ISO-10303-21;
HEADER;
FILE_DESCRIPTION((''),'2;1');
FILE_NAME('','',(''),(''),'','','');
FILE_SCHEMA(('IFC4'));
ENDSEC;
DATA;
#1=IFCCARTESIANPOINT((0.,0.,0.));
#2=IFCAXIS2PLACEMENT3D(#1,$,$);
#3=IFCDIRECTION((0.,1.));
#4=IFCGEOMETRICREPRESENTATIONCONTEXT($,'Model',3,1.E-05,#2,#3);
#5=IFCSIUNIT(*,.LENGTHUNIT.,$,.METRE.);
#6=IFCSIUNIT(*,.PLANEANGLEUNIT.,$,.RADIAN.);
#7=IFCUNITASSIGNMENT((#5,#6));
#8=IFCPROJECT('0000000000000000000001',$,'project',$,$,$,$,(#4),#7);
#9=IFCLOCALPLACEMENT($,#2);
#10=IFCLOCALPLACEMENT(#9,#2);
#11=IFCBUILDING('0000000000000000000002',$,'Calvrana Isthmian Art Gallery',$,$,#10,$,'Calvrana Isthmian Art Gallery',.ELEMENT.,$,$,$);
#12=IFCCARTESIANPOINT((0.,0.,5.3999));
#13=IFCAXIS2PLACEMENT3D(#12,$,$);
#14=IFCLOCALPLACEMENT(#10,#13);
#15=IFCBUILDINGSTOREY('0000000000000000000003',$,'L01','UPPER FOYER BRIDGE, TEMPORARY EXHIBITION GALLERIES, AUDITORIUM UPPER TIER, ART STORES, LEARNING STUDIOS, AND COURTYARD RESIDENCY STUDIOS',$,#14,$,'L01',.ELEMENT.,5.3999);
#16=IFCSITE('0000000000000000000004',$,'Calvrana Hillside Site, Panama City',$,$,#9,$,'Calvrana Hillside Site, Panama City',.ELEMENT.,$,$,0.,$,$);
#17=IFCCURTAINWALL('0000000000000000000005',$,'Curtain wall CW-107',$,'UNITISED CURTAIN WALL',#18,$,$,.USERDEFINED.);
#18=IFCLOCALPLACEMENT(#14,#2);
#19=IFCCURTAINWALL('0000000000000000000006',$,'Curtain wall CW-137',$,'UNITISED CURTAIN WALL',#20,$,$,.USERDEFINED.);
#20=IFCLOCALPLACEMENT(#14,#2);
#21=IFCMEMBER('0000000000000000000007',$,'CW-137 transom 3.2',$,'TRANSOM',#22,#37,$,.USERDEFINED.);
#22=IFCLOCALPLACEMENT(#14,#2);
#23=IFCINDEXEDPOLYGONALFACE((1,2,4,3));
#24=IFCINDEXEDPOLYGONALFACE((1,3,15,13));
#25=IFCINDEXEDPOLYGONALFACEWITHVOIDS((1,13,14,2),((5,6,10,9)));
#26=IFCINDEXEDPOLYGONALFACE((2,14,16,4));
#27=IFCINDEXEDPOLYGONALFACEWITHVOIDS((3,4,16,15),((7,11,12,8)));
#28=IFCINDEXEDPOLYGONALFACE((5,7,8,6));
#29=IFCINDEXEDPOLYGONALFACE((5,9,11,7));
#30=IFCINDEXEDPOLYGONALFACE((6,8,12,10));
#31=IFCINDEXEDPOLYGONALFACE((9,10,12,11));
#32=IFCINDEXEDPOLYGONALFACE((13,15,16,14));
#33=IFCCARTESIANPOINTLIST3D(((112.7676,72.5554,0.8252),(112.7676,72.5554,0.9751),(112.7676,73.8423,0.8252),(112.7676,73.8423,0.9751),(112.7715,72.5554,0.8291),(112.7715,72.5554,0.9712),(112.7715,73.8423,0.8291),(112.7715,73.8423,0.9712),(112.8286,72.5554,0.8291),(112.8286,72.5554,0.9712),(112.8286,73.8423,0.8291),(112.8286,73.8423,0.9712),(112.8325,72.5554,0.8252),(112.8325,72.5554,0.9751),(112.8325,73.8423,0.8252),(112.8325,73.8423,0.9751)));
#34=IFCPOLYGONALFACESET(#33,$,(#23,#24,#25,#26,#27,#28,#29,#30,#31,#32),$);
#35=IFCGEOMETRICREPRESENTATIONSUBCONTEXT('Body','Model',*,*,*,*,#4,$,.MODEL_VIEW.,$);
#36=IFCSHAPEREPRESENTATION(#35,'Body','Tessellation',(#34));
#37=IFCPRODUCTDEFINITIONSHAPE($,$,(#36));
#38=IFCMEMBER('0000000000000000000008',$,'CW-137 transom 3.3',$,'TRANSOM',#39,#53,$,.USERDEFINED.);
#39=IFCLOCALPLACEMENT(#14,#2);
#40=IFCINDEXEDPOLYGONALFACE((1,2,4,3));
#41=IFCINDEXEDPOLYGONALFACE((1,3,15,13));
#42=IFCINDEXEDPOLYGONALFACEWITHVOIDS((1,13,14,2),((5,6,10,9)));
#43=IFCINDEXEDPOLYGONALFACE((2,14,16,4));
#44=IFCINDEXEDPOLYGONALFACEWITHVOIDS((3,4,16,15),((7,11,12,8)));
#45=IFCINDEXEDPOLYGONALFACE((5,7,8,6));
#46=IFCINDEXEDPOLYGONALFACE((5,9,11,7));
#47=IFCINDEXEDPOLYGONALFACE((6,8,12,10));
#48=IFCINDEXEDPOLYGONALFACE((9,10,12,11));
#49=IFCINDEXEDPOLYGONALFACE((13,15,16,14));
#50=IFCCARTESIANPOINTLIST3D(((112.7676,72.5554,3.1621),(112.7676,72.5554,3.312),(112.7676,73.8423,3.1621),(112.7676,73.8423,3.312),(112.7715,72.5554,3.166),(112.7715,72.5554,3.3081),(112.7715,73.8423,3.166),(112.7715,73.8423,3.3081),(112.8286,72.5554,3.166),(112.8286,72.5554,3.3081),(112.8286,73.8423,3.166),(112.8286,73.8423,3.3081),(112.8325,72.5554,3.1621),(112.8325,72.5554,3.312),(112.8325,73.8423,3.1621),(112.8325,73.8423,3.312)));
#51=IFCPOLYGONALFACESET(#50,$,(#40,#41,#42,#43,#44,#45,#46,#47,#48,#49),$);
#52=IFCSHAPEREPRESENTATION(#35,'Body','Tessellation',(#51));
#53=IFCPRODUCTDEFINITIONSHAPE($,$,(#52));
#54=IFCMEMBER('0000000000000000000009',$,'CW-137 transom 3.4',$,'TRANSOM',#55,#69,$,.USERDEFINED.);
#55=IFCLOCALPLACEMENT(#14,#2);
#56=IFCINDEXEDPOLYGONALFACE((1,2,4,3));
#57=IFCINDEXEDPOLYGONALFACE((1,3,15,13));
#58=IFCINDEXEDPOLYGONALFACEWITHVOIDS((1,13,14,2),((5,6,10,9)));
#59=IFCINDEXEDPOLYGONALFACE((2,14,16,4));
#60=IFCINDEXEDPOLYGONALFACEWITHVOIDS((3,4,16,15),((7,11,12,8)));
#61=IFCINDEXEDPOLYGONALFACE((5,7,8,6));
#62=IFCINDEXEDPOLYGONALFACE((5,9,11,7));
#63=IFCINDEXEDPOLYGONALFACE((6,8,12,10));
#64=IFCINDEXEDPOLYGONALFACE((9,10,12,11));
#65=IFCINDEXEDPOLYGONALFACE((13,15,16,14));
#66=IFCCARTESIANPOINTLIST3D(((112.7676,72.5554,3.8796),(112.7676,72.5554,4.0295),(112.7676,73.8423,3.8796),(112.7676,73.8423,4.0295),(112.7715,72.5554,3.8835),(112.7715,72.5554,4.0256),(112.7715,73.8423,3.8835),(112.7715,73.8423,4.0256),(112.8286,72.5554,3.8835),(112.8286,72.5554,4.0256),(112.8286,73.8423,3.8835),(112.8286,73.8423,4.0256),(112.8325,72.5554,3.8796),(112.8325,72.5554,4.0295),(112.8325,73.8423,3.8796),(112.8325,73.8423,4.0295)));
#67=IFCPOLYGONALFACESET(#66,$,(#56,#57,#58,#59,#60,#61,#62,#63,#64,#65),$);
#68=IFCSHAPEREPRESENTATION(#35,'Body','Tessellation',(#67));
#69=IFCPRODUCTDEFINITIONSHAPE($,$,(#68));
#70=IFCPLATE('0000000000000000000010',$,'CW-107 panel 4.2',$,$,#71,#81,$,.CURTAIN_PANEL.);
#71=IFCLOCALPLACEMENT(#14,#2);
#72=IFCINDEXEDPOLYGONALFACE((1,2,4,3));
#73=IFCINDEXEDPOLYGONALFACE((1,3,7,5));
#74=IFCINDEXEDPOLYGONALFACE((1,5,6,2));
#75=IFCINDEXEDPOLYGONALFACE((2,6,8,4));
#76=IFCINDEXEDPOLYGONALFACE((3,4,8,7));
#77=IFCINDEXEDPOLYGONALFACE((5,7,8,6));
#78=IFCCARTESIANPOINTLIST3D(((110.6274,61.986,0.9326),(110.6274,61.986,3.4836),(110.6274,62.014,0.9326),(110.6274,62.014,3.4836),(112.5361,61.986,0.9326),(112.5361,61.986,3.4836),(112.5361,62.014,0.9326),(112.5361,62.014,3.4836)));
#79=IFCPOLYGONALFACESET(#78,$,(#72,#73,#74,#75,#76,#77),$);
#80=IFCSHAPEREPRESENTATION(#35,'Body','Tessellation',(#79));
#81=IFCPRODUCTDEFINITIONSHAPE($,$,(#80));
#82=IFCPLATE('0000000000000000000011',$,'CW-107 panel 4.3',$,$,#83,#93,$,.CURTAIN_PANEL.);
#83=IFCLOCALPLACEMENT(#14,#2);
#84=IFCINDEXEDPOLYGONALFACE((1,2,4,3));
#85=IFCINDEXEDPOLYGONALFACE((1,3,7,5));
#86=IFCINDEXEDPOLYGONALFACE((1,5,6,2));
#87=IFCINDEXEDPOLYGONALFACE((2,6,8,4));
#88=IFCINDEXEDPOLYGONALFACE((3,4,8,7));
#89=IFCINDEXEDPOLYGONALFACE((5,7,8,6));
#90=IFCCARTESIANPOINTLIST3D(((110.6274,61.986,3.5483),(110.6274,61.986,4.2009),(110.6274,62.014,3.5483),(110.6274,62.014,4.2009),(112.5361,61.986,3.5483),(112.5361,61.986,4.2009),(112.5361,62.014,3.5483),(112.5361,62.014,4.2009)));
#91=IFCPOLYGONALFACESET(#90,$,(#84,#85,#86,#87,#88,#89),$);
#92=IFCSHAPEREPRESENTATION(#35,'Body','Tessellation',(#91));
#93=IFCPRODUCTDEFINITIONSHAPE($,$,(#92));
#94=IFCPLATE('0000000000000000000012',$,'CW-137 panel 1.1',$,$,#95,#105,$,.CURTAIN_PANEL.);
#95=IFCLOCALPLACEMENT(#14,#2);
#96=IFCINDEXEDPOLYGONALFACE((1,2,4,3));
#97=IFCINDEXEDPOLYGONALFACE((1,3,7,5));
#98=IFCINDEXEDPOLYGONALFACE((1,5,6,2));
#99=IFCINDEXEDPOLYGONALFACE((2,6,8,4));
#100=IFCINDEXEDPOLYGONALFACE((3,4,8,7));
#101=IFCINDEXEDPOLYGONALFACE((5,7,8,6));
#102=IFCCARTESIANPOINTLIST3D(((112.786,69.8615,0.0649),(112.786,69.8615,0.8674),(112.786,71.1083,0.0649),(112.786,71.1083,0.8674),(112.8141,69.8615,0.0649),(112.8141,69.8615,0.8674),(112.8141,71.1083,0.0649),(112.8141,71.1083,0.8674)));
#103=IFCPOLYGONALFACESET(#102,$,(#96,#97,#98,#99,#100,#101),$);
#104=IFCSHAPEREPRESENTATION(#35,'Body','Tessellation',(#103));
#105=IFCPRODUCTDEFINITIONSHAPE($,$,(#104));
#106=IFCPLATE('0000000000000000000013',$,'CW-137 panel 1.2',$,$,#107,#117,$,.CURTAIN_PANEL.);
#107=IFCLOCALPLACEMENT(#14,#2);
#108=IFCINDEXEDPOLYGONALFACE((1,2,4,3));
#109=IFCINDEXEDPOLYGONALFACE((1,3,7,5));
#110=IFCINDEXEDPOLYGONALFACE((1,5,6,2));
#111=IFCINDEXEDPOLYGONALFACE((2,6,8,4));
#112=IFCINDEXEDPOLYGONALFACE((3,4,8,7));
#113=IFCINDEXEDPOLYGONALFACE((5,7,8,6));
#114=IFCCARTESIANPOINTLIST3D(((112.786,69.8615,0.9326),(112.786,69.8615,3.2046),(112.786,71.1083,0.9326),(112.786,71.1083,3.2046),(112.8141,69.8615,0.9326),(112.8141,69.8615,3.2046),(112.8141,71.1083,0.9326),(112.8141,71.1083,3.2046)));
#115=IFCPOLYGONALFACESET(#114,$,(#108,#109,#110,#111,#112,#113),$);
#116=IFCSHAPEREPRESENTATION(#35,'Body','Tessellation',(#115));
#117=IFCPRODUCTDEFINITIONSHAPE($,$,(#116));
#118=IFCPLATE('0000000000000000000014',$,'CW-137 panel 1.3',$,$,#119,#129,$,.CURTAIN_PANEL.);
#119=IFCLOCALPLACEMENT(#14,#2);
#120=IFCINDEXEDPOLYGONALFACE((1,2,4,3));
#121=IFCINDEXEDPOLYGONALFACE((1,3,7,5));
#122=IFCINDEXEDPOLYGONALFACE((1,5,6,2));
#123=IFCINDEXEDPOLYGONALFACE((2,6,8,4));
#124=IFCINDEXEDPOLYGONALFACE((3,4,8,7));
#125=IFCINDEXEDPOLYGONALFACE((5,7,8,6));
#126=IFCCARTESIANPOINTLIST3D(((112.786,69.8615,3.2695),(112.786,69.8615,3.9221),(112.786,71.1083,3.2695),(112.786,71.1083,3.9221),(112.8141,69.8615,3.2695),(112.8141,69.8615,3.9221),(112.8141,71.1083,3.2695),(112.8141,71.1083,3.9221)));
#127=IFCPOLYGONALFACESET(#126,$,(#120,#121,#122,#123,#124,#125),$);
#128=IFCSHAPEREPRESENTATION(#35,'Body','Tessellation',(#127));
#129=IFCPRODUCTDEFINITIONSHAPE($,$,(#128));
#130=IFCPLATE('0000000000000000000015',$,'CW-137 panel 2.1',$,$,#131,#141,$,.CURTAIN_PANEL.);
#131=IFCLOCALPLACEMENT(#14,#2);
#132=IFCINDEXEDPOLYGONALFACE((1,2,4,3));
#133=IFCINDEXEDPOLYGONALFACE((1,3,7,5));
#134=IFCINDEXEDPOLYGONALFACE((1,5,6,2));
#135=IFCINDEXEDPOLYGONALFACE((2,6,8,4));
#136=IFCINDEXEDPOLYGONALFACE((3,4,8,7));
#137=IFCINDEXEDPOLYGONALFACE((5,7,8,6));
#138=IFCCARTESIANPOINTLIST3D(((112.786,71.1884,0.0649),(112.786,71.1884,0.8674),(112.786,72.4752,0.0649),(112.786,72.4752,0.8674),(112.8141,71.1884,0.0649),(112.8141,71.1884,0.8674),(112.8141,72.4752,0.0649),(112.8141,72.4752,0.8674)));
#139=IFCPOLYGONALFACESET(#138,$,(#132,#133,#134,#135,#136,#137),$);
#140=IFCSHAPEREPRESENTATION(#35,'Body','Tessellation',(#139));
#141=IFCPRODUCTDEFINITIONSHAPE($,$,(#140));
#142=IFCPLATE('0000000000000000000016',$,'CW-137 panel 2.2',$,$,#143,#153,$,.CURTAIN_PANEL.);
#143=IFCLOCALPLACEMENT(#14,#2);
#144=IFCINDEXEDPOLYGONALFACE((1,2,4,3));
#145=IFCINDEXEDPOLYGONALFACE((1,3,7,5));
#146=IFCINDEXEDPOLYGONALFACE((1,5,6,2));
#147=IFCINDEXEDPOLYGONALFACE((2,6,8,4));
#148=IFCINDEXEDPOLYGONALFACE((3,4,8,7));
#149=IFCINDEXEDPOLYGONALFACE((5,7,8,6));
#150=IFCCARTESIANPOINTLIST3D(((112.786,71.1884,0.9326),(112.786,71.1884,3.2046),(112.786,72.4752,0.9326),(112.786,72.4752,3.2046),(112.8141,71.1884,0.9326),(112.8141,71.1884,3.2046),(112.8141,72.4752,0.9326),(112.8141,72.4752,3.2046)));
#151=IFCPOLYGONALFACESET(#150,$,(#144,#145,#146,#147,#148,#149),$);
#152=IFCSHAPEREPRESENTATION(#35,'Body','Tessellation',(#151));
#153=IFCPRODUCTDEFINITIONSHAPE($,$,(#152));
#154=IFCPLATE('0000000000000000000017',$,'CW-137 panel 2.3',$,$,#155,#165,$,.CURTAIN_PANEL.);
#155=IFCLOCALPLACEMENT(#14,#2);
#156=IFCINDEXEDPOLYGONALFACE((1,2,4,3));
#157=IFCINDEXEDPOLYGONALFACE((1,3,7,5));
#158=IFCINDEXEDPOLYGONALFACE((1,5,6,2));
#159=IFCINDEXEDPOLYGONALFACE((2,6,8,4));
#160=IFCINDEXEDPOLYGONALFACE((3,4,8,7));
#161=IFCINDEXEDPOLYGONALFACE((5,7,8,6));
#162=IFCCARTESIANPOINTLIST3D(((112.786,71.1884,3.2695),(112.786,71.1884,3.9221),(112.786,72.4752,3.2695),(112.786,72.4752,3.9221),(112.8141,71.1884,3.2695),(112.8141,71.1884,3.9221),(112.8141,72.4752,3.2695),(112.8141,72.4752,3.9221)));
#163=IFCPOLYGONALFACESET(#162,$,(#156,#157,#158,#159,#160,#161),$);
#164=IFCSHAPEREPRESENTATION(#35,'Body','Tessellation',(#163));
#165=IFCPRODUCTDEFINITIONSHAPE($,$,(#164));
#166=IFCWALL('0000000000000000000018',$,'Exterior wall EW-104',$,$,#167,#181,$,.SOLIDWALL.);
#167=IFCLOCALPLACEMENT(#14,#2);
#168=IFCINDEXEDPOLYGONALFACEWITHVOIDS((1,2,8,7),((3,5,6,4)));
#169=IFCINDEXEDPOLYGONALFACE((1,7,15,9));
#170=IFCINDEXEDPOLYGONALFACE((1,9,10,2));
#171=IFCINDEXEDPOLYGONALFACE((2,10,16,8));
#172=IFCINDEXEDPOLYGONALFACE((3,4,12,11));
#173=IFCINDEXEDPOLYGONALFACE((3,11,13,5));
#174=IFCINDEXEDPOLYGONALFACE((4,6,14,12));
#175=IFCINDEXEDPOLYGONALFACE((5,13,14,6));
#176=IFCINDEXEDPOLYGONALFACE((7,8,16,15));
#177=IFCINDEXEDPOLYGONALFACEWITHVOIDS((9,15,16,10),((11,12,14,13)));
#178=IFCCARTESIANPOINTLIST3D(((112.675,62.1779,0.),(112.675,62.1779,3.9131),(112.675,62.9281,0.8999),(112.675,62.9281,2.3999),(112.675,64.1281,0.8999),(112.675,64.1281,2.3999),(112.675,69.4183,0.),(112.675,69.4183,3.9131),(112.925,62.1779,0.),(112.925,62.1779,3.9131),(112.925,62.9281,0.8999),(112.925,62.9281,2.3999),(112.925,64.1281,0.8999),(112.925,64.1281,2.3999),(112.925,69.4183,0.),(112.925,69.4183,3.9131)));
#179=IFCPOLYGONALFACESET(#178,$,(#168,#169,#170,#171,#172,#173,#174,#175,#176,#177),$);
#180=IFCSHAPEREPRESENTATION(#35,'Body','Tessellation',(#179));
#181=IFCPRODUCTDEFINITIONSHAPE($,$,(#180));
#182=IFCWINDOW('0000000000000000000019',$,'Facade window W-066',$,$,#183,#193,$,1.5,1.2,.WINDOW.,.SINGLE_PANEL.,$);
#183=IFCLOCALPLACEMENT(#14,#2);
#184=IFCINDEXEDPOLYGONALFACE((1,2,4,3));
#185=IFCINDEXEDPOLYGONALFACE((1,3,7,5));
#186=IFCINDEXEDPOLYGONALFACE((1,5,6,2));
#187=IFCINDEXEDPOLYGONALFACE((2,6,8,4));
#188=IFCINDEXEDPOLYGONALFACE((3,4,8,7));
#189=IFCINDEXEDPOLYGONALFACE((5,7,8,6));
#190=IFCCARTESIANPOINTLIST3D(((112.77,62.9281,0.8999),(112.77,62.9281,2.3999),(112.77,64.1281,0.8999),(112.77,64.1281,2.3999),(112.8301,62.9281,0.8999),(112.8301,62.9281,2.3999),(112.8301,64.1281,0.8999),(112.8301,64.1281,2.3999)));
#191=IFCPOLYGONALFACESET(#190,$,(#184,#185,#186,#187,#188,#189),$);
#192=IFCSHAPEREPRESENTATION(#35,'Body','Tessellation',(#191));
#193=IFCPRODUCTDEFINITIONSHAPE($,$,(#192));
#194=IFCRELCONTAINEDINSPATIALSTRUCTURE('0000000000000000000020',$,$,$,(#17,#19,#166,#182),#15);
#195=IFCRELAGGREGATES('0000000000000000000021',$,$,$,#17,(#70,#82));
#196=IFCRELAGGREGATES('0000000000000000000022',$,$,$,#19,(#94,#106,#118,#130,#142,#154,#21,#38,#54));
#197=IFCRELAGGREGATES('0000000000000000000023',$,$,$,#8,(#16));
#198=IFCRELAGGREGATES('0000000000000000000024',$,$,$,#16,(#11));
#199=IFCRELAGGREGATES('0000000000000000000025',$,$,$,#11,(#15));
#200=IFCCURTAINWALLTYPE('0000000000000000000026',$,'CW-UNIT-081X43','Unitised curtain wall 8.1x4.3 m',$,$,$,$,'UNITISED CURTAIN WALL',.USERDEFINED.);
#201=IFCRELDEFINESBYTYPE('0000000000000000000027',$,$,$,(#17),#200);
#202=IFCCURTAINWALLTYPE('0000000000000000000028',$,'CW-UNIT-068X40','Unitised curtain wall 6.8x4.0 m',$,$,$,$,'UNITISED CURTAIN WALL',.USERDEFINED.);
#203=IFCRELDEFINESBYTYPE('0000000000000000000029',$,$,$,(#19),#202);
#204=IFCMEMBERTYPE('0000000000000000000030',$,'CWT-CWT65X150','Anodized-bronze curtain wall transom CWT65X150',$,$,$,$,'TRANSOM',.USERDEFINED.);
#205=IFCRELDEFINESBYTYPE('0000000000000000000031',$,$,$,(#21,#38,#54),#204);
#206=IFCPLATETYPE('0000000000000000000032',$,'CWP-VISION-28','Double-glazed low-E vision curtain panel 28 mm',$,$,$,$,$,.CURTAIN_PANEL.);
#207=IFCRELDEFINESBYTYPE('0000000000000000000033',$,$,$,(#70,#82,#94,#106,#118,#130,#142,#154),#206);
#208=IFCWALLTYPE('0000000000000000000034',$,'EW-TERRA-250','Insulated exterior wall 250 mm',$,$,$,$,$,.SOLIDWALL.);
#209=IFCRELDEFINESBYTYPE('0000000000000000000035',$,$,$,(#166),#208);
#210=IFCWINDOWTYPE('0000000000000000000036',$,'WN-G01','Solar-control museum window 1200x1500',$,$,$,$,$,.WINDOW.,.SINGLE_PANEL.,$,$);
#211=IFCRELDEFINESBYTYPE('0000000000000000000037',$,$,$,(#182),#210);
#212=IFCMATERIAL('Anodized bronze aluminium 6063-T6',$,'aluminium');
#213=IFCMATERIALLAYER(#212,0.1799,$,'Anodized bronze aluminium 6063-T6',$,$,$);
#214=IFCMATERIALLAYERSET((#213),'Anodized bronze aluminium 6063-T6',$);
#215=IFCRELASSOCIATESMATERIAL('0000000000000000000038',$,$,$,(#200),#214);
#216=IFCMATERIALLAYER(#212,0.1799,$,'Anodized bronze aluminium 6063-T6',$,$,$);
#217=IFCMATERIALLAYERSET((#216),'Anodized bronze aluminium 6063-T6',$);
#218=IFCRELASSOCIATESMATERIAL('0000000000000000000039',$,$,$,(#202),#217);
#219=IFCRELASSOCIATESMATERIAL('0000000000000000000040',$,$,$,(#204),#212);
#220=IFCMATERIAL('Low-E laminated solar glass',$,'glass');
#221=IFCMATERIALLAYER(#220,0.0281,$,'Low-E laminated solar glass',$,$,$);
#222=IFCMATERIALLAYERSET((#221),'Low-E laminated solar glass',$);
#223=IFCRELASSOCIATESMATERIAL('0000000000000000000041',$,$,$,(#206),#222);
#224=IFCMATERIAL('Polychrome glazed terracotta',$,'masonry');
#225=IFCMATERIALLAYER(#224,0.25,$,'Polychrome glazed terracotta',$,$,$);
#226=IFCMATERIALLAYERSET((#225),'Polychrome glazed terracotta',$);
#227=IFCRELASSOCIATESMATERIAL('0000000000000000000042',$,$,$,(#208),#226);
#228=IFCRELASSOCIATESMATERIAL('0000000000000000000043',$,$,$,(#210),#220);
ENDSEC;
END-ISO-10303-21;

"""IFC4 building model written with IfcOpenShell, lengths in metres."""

from ifc_helpers import new_model, si_unit, direction, frame, frame_2d, origin, origin_2d, place, context, subcontext, project, spatial, rectangle, hollow_rectangle, extrude, material, layer, layer_set, material_profile, profile_set, type_object, element, fill, aggregate, save


model = new_model("IFC4")

# Units and contexts
model_context = context("Model", 3, precision=1e-05, world=origin(), true_north=direction((0.0, 1.0)))
body_context = subcontext(model_context, "Body", "Model", "MODEL_VIEW")
ifc_project = project(units=[si_unit("LENGTHUNIT", "METRE"), si_unit("PLANEANGLEUNIT", "RADIAN")], contexts=[model_context])

# Site, building, storey
site_placement = place(None, origin())
site = spatial("IfcSite", under=ifc_project, at=site_placement, Name="Calvrana Hillside Site, Panama City", LongName="Calvrana Hillside Site, Panama City", CompositionType="ELEMENT", RefElevation=0.0)
building_placement = place(site_placement, origin())
building = spatial("IfcBuilding", under=site, at=building_placement, Name="Calvrana Isthmian Art Gallery", LongName="Calvrana Isthmian Art Gallery", CompositionType="ELEMENT")
storey_placement = place(building_placement, frame((0.0, 0.0, 5.3999)))
storey = spatial("IfcBuildingStorey", under=building, at=storey_placement, Name="L01", Description="UPPER FOYER BRIDGE, TEMPORARY EXHIBITION GALLERIES, AUDITORIUM UPPER TIER, ART STORES, LEARNING STUDIOS, AND COURTYARD RESIDENCY STUDIOS", LongName="L01", CompositionType="ELEMENT", Elevation=5.3999)

# Curtain wall
ifc_material_1 = material(Name="Anodized bronze aluminium 6063-T6", Category="aluminium")
ifc_layer_1 = layer(ifc_material_1, 0.1799, Name="Anodized bronze aluminium 6063-T6")
ifc_layer_set_1 = layer_set([ifc_layer_1], Name="Anodized bronze aluminium 6063-T6")
curtain_wall_type_1 = type_object("IfcCurtainWallType", Name="CW-UNIT-081X43", Description="Unitised curtain wall 8.1x4.3 m", ElementType="UNITISED CURTAIN WALL", PredefinedType="USERDEFINED", material=ifc_layer_set_1)
curtain_wall_1_placement = place(storey_placement, origin())
curtain_wall_1 = element("IfcCurtainWall", 1, at=curtain_wall_1_placement, inside=storey, type_object=curtain_wall_type_1, Name="Curtain wall CW-107", ObjectType="UNITISED CURTAIN WALL", PredefinedType="USERDEFINED")

# Curtain wall, members
ifc_layer_2 = layer(ifc_material_1, 0.1799, Name="Anodized bronze aluminium 6063-T6")
ifc_layer_set_2 = layer_set([ifc_layer_2], Name="Anodized bronze aluminium 6063-T6")
curtain_wall_type_2 = type_object("IfcCurtainWallType", Name="CW-UNIT-068X40", Description="Unitised curtain wall 6.8x4.0 m", ElementType="UNITISED CURTAIN WALL", PredefinedType="USERDEFINED", material=ifc_layer_set_2)
curtain_wall_2_placement = place(storey_placement, origin())
curtain_wall_2 = element("IfcCurtainWall", 2, at=curtain_wall_2_placement, inside=storey, type_object=curtain_wall_type_2, Name="Curtain wall CW-137", ObjectType="UNITISED CURTAIN WALL", PredefinedType="USERDEFINED")
ifc_material_profile_1 = material_profile(ifc_material_1, hollow_rectangle(XDim=0.0649, YDim=0.1499, WallThickness=0.0039, at=origin_2d()), Name="CWT65X150")
ifc_profile_set_1 = profile_set([ifc_material_profile_1], Name="Anodized bronze aluminium 6063-T6")
member_type_1 = type_object("IfcMemberType", Name="CWT-CWT65X150", Description="Anodized-bronze curtain wall transom CWT65X150", ElementType="TRANSOM", PredefinedType="USERDEFINED", material=ifc_profile_set_1)
member_1_placement = place(storey_placement, frame((112.8, 72.5554, 0.9001), z_axis=(0.0, 1.0, 0.0), x_axis=(-1.0, 0.0, 0.0)))
member_1 = element("IfcMember", 3, at=member_1_placement, type_object=member_type_1, Name="CW-137 transom 3.2", ObjectType="TRANSOM", PredefinedType="USERDEFINED", context=body_context, shape_type="SweptSolid", body=[
    extrude(hollow_rectangle(XDim=0.0649, YDim=0.1499, WallThickness=0.0039, at=origin_2d()), origin(), (0.0, 0.0, 1.0), 1.2869),
])
member_2_placement = place(storey_placement, frame((112.8, 72.5554, 3.2371), z_axis=(0.0, 1.0, 0.0), x_axis=(-1.0, 0.0, 0.0)))
member_2 = element("IfcMember", 4, at=member_2_placement, type_object=member_type_1, Name="CW-137 transom 3.3", ObjectType="TRANSOM", PredefinedType="USERDEFINED", context=body_context, shape_type="SweptSolid", body=[
    extrude(hollow_rectangle(XDim=0.0649, YDim=0.1499, WallThickness=0.0039, at=origin_2d()), origin(), (0.0, 0.0, 1.0), 1.2869),
])
member_3_placement = place(storey_placement, frame((112.8, 72.5554, 3.9546), z_axis=(0.0, 1.0, 0.0), x_axis=(-1.0, 0.0, 0.0)))
member_3 = element("IfcMember", 5, at=member_3_placement, type_object=member_type_1, Name="CW-137 transom 3.4", ObjectType="TRANSOM", PredefinedType="USERDEFINED", context=body_context, shape_type="SweptSolid", body=[
    extrude(hollow_rectangle(XDim=0.0649, YDim=0.1499, WallThickness=0.0039, at=origin_2d()), origin(), (0.0, 0.0, 1.0), 1.2869),
])

# Plates
ifc_material_2 = material(Name="Low-E laminated solar glass", Category="glass")
ifc_layer_3 = layer(ifc_material_2, 0.0281, Name="Low-E laminated solar glass")
ifc_layer_set_3 = layer_set([ifc_layer_3], Name="Low-E laminated solar glass")
plate_type = type_object("IfcPlateType", Name="CWP-VISION-28", Description="Double-glazed low-E vision curtain panel 28 mm", PredefinedType="CURTAIN_PANEL", material=ifc_layer_set_3)
plate_1_placement = place(storey_placement, frame((111.5818, 62.0, 0.9326), z_axis=(0.0, 0.0, 1.0), x_axis=(1.0, 0.0, 0.0)))
plate_1 = element("IfcPlate", 6, at=plate_1_placement, type_object=plate_type, Name="CW-107 panel 4.2", PredefinedType="CURTAIN_PANEL", context=body_context, shape_type="SweptSolid", body=[
    extrude(rectangle(XDim=1.9087, YDim=0.0281, at=origin_2d()), origin(), (0.0, 0.0, 1.0), 2.551),
])
plate_2_placement = place(storey_placement, frame((111.5818, 62.0, 3.5483), z_axis=(0.0, 0.0, 1.0), x_axis=(1.0, 0.0, 0.0)))
plate_2 = element("IfcPlate", 7, at=plate_2_placement, type_object=plate_type, Name="CW-107 panel 4.3", PredefinedType="CURTAIN_PANEL", context=body_context, shape_type="SweptSolid", body=[
    extrude(rectangle(XDim=1.9087, YDim=0.0281, at=origin_2d()), origin(), (0.0, 0.0, 1.0), 0.6526),
])
aggregate(curtain_wall_1, [plate_1, plate_2])
plate_3_placement = place(storey_placement, frame((112.8, 70.4849, 0.0649), z_axis=(0.0, 0.0, 1.0), x_axis=(0.0, 1.0, 0.0)))
plate_3 = element("IfcPlate", 8, at=plate_3_placement, type_object=plate_type, Name="CW-137 panel 1.1", PredefinedType="CURTAIN_PANEL", context=body_context, shape_type="SweptSolid", body=[
    extrude(rectangle(XDim=1.2468, YDim=0.0281, at=origin_2d()), origin(), (0.0, 0.0, 1.0), 0.8025),
])
plate_4_placement = place(storey_placement, frame((112.8, 70.4849, 0.9326), z_axis=(0.0, 0.0, 1.0), x_axis=(0.0, 1.0, 0.0)))
plate_4 = element("IfcPlate", 9, at=plate_4_placement, type_object=plate_type, Name="CW-137 panel 1.2", PredefinedType="CURTAIN_PANEL", context=body_context, shape_type="SweptSolid", body=[
    extrude(rectangle(XDim=1.2468, YDim=0.0281, at=origin_2d()), origin(), (0.0, 0.0, 1.0), 2.272),
])
plate_5_placement = place(storey_placement, frame((112.8, 70.4849, 3.2695), z_axis=(0.0, 0.0, 1.0), x_axis=(0.0, 1.0, 0.0)))
plate_5 = element("IfcPlate", 10, at=plate_5_placement, type_object=plate_type, Name="CW-137 panel 1.3", PredefinedType="CURTAIN_PANEL", context=body_context, shape_type="SweptSolid", body=[
    extrude(rectangle(XDim=1.2468, YDim=0.0281, at=origin_2d()), origin(), (0.0, 0.0, 1.0), 0.6526),
])
plate_6_placement = place(storey_placement, frame((112.8, 71.8318, 0.0649), z_axis=(0.0, 0.0, 1.0), x_axis=(0.0, 1.0, 0.0)))
plate_6 = element("IfcPlate", 11, at=plate_6_placement, type_object=plate_type, Name="CW-137 panel 2.1", PredefinedType="CURTAIN_PANEL", context=body_context, shape_type="SweptSolid", body=[
    extrude(rectangle(XDim=1.2869, YDim=0.0281, at=origin_2d()), origin(), (0.0, 0.0, 1.0), 0.8025),
])
plate_7_placement = place(storey_placement, frame((112.8, 71.8318, 0.9326), z_axis=(0.0, 0.0, 1.0), x_axis=(0.0, 1.0, 0.0)))
plate_7 = element("IfcPlate", 12, at=plate_7_placement, type_object=plate_type, Name="CW-137 panel 2.2", PredefinedType="CURTAIN_PANEL", context=body_context, shape_type="SweptSolid", body=[
    extrude(rectangle(XDim=1.2869, YDim=0.0281, at=origin_2d()), origin(), (0.0, 0.0, 1.0), 2.272),
])
plate_8_placement = place(storey_placement, frame((112.8, 71.8318, 3.2695), z_axis=(0.0, 0.0, 1.0), x_axis=(0.0, 1.0, 0.0)))
plate_8 = element("IfcPlate", 13, at=plate_8_placement, type_object=plate_type, Name="CW-137 panel 2.3", PredefinedType="CURTAIN_PANEL", context=body_context, shape_type="SweptSolid", body=[
    extrude(rectangle(XDim=1.2869, YDim=0.0281, at=origin_2d()), origin(), (0.0, 0.0, 1.0), 0.6526),
])
aggregate(curtain_wall_2, [plate_3, plate_4, plate_5, plate_6, plate_7, plate_8, member_1, member_2, member_3])

# Wall, opening, window
ifc_material_3 = material(Name="Polychrome glazed terracotta", Category="masonry")
ifc_layer_4 = layer(ifc_material_3, 0.25, Name="Polychrome glazed terracotta")
ifc_layer_set_4 = layer_set([ifc_layer_4], Name="Polychrome glazed terracotta")
wall_type = type_object("IfcWallType", Name="EW-TERRA-250", Description="Insulated exterior wall 250 mm", PredefinedType="SOLIDWALL", material=ifc_layer_set_4)
wall_placement = place(storey_placement, frame((112.8, 62.178, 0.0), z_axis=(0.0, 0.0, 1.0), x_axis=(0.0, 1.0, 0.0)))
wall = element("IfcWall", 14, at=wall_placement, inside=storey, type_object=wall_type, Name="Exterior wall EW-104", PredefinedType="SOLIDWALL", context=body_context, shape_type="SweptSolid", body=[
    extrude(rectangle(XDim=7.2405, YDim=0.25, at=frame_2d((3.6201, 0.0))), origin(), (0.0, 0.0, 1.0), 3.9131),
])
opening_placement = place(wall_placement, frame((0.75, 0.0, 0.8999)))
opening = element("IfcOpeningElement", 15, at=opening_placement, cuts=wall, PredefinedType="OPENING", context=body_context, shape_type="SweptSolid", body=[
    extrude(rectangle(XDim=1.2, YDim=1.5, at=frame_2d((0.6001, 0.75))), frame((0.0, 0.1353, 0.0), z_axis=(0.0, -1.0, 0.0), x_axis=(1.0, 0.0, 0.0)), (0.0, 0.0, 1.0), 0.2705),
])
window_type = type_object("IfcWindowType", Name="WN-G01", Description="Solar-control museum window 1200x1500", PartitioningType="SINGLE_PANEL", PredefinedType="WINDOW", material=ifc_material_2)
window_placement = place(opening_placement, origin())
window = element("IfcWindow", 16, at=window_placement, inside=storey, type_object=window_type, Name="Facade window W-066", OverallHeight=1.5, OverallWidth=1.2, PartitioningType="SINGLE_PANEL", PredefinedType="WINDOW", context=body_context, shape_type="SweptSolid", body=[
    extrude(rectangle(XDim=1.2, YDim=1.5, at=frame_2d((0.6001, 0.75))), frame((0.0, 0.03, 0.0), z_axis=(0.0, -1.0, 0.0), x_axis=(1.0, 0.0, 0.0)), (0.0, 0.0, 1.0), 0.0601),
])
fill(opening, window)

save(model, "model.ifc")
